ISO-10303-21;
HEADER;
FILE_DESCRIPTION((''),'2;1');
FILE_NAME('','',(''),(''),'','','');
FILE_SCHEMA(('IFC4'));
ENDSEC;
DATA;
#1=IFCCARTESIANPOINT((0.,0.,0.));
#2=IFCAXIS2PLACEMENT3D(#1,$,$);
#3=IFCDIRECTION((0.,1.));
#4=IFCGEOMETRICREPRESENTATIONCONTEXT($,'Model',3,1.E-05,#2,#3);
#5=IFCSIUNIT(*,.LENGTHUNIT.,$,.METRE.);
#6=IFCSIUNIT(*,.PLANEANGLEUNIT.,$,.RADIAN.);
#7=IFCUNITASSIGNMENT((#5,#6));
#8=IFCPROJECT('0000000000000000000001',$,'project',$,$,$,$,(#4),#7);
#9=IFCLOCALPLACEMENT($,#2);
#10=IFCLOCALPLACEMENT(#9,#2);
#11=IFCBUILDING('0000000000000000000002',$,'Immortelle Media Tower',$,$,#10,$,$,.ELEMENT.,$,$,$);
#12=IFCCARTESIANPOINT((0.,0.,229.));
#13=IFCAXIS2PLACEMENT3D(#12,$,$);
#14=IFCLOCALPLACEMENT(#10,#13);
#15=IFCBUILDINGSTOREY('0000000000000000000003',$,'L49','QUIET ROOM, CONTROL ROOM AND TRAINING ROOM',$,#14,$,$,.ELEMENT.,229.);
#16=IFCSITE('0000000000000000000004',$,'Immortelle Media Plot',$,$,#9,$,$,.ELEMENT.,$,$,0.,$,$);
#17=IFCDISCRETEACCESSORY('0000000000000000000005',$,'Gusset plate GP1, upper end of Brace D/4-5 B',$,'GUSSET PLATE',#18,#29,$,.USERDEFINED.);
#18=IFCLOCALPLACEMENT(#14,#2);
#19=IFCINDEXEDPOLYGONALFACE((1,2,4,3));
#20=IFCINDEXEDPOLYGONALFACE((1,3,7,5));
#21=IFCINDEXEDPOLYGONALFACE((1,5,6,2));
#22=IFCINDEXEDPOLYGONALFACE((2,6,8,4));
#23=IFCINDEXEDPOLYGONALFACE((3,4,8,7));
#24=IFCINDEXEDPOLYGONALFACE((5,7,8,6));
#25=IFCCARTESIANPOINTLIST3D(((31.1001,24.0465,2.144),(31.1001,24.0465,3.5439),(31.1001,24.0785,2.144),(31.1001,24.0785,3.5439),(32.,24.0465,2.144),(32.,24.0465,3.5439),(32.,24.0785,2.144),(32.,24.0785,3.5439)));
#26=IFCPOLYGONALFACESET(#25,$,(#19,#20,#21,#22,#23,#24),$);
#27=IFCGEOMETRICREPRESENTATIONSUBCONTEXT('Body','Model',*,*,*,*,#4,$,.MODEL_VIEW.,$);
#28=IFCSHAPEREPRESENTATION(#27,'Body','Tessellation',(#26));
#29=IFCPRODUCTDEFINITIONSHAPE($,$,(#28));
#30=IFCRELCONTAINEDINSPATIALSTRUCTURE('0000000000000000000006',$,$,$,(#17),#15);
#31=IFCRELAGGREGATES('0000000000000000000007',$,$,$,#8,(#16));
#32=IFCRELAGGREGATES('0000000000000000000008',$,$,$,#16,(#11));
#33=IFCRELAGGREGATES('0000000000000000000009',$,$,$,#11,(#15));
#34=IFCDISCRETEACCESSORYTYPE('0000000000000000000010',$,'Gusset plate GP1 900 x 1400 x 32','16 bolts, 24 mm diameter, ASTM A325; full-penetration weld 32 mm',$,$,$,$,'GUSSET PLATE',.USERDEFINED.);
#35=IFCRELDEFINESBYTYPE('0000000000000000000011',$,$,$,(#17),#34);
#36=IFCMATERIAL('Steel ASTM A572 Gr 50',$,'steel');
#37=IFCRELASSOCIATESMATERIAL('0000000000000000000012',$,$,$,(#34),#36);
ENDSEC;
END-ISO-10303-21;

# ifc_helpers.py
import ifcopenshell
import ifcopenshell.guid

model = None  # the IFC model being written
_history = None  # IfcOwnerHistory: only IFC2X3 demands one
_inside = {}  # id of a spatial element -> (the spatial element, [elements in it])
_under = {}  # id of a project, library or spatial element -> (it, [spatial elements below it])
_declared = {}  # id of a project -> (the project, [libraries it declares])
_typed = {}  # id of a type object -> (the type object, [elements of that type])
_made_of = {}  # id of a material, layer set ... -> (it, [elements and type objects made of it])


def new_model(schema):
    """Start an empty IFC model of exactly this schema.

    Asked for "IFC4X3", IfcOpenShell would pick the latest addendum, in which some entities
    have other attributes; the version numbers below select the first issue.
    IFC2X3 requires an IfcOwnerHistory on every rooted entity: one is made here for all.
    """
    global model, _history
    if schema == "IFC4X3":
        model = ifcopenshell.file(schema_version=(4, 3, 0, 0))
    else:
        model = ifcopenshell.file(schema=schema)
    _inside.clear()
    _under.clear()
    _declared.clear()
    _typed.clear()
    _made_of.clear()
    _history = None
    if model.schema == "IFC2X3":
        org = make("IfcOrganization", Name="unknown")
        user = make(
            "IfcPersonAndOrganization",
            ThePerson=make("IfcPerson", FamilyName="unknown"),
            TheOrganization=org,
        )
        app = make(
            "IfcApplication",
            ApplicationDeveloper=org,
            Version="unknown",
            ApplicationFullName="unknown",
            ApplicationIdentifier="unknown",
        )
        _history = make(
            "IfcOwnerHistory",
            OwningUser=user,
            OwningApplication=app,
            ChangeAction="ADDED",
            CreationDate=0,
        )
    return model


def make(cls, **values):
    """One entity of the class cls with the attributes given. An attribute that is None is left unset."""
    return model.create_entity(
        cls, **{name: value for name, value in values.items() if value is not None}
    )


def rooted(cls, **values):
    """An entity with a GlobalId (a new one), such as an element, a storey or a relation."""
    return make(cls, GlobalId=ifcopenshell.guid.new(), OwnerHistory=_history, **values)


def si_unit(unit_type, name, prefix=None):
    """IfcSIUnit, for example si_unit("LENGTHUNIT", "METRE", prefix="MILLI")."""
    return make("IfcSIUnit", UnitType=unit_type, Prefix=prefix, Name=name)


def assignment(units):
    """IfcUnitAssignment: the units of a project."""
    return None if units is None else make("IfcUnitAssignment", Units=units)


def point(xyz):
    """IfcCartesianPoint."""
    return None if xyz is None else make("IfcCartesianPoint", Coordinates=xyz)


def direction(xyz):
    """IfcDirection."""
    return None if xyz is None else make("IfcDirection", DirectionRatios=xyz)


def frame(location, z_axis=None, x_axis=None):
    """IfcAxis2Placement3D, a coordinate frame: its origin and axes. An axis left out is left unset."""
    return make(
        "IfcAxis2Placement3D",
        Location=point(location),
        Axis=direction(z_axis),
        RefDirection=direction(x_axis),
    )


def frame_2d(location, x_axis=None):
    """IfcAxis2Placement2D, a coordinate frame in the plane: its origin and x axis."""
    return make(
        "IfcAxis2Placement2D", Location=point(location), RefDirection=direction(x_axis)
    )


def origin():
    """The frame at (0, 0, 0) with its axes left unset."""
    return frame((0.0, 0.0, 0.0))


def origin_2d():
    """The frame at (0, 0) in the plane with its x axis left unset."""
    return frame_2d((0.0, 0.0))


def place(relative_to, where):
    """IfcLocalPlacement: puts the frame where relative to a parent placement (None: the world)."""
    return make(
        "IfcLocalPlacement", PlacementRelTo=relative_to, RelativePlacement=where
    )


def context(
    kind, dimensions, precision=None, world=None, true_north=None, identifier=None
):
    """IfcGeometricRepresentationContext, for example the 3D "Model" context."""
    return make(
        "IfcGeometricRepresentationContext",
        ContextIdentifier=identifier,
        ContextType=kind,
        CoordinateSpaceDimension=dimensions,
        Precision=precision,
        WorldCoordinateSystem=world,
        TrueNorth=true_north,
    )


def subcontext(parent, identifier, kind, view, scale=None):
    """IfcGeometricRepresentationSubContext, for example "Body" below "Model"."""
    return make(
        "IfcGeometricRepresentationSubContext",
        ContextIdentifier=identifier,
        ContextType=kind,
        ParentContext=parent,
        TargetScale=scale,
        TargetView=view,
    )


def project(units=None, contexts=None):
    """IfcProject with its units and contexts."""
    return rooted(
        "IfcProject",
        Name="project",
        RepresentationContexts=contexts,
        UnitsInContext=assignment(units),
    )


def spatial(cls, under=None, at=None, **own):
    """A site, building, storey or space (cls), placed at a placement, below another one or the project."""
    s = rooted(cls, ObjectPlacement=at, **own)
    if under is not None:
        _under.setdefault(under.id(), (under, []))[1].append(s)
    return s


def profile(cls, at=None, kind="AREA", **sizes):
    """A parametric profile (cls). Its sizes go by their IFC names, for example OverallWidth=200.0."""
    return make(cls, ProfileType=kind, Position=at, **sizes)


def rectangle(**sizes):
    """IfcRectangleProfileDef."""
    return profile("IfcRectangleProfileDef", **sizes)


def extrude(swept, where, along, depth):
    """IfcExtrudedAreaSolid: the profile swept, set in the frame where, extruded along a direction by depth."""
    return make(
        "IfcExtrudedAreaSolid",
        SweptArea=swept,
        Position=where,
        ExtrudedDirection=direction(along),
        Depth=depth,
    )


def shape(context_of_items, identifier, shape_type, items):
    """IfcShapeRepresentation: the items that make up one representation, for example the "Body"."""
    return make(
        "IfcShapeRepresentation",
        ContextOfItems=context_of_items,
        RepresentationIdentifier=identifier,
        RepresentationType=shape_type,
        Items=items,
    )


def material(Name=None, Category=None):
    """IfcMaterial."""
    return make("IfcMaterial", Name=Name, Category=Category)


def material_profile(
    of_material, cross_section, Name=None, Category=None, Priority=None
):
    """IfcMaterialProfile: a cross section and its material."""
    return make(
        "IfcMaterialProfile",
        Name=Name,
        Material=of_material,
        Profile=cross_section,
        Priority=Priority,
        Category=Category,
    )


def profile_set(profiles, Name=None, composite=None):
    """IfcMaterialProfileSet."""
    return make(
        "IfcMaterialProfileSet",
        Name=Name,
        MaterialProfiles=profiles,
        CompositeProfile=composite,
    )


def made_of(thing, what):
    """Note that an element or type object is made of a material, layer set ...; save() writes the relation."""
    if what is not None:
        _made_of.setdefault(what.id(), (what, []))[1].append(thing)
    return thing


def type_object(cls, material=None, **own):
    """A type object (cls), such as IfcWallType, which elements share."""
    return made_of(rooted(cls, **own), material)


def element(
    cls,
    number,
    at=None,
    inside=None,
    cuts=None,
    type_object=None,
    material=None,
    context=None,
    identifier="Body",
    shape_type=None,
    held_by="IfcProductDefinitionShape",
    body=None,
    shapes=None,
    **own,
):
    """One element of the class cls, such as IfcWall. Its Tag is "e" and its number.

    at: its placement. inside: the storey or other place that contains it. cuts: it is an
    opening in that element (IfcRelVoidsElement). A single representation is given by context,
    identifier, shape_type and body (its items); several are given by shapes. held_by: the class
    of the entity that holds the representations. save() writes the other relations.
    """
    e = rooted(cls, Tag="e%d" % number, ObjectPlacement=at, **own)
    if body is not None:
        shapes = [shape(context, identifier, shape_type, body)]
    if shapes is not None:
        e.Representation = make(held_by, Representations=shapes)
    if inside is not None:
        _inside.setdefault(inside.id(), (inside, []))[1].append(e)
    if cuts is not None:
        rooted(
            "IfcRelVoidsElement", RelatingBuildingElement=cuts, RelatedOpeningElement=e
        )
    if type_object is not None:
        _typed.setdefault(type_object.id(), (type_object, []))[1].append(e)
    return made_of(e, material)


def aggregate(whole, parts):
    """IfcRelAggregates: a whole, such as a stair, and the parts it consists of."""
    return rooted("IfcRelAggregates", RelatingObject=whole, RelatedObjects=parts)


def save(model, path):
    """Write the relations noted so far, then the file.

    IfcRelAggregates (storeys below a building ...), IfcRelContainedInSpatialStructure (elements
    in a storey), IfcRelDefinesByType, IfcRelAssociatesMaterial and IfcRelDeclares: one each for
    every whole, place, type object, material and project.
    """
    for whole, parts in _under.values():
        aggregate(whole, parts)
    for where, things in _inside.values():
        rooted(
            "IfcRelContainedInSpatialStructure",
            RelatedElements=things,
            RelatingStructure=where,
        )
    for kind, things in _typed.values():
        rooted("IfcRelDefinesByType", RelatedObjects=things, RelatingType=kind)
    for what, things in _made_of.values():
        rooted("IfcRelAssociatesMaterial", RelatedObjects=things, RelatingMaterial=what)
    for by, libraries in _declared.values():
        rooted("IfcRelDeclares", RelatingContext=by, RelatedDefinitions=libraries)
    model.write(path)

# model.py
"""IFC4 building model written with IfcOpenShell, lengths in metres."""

from ifc_helpers import new_model, si_unit, direction, frame, origin, origin_2d, place, context, subcontext, project, spatial, rectangle, extrude, material, material_profile, profile_set, type_object, element, save


model = new_model("IFC4")

# Units and contexts
model_context = context("Model", 3, precision=1e-05, world=origin(), true_north=direction((0.0, 1.0)))
body_context = subcontext(model_context, "Body", "Model", "MODEL_VIEW")
ifc_project = project(units=[si_unit("LENGTHUNIT", "METRE"), si_unit("PLANEANGLEUNIT", "RADIAN")], contexts=[model_context])

# Site, building, storey
site_placement = place(None, origin())
site = spatial("IfcSite", under=ifc_project, at=site_placement, Name="Immortelle Media Plot", CompositionType="ELEMENT", RefElevation=0.0)
building_placement = place(site_placement, origin())
building = spatial("IfcBuilding", under=site, at=building_placement, Name="Immortelle Media Tower", CompositionType="ELEMENT")
storey_placement = place(building_placement, frame((0.0, 0.0, 229.0)))
storey = spatial("IfcBuildingStorey", under=building, at=storey_placement, Name="L49", Description="QUIET ROOM, CONTROL ROOM AND TRAINING ROOM", CompositionType="ELEMENT", Elevation=229.0)

# Discrete accessory
ifc_material_1 = material(Name="Steel ASTM A572 Gr 50", Category="steel")
ifc_material_profile_1 = material_profile(ifc_material_1, rectangle(XDim=0.032, YDim=1.3999, at=origin_2d()), Name="PL 32 x 1400")
ifc_profile_set_1 = profile_set([ifc_material_profile_1], Name="Steel ASTM A572 Gr 50")
discrete_accessory_type = type_object("IfcDiscreteAccessoryType", Name="Gusset plate GP1 900 x 1400 x 32", Description="16 bolts, 24 mm diameter, ASTM A325; full-penetration weld 32 mm", ElementType="GUSSET PLATE", PredefinedType="USERDEFINED", material=ifc_profile_set_1)
for number, where, z_axis, x_axis, name in (
    (1, (32.0, 24.0625, 2.844), (-1.0, 0.0, 0.0), (0.0, -1.0, 0.0), "Gusset plate GP1, upper end of Brace D/4-5 B"),
):
    element("IfcDiscreteAccessory", number, at=place(storey_placement, frame(where, z_axis=z_axis, x_axis=x_axis)), inside=storey, type_object=discrete_accessory_type, Name=name, ObjectType="GUSSET PLATE", PredefinedType="USERDEFINED", context=body_context, shape_type="SweptSolid", body=[
        extrude(rectangle(XDim=0.032, YDim=1.3999, at=origin_2d()), origin(), (0.0, 0.0, 1.0), 0.8999),
    ])

save(model, "model.ifc")
